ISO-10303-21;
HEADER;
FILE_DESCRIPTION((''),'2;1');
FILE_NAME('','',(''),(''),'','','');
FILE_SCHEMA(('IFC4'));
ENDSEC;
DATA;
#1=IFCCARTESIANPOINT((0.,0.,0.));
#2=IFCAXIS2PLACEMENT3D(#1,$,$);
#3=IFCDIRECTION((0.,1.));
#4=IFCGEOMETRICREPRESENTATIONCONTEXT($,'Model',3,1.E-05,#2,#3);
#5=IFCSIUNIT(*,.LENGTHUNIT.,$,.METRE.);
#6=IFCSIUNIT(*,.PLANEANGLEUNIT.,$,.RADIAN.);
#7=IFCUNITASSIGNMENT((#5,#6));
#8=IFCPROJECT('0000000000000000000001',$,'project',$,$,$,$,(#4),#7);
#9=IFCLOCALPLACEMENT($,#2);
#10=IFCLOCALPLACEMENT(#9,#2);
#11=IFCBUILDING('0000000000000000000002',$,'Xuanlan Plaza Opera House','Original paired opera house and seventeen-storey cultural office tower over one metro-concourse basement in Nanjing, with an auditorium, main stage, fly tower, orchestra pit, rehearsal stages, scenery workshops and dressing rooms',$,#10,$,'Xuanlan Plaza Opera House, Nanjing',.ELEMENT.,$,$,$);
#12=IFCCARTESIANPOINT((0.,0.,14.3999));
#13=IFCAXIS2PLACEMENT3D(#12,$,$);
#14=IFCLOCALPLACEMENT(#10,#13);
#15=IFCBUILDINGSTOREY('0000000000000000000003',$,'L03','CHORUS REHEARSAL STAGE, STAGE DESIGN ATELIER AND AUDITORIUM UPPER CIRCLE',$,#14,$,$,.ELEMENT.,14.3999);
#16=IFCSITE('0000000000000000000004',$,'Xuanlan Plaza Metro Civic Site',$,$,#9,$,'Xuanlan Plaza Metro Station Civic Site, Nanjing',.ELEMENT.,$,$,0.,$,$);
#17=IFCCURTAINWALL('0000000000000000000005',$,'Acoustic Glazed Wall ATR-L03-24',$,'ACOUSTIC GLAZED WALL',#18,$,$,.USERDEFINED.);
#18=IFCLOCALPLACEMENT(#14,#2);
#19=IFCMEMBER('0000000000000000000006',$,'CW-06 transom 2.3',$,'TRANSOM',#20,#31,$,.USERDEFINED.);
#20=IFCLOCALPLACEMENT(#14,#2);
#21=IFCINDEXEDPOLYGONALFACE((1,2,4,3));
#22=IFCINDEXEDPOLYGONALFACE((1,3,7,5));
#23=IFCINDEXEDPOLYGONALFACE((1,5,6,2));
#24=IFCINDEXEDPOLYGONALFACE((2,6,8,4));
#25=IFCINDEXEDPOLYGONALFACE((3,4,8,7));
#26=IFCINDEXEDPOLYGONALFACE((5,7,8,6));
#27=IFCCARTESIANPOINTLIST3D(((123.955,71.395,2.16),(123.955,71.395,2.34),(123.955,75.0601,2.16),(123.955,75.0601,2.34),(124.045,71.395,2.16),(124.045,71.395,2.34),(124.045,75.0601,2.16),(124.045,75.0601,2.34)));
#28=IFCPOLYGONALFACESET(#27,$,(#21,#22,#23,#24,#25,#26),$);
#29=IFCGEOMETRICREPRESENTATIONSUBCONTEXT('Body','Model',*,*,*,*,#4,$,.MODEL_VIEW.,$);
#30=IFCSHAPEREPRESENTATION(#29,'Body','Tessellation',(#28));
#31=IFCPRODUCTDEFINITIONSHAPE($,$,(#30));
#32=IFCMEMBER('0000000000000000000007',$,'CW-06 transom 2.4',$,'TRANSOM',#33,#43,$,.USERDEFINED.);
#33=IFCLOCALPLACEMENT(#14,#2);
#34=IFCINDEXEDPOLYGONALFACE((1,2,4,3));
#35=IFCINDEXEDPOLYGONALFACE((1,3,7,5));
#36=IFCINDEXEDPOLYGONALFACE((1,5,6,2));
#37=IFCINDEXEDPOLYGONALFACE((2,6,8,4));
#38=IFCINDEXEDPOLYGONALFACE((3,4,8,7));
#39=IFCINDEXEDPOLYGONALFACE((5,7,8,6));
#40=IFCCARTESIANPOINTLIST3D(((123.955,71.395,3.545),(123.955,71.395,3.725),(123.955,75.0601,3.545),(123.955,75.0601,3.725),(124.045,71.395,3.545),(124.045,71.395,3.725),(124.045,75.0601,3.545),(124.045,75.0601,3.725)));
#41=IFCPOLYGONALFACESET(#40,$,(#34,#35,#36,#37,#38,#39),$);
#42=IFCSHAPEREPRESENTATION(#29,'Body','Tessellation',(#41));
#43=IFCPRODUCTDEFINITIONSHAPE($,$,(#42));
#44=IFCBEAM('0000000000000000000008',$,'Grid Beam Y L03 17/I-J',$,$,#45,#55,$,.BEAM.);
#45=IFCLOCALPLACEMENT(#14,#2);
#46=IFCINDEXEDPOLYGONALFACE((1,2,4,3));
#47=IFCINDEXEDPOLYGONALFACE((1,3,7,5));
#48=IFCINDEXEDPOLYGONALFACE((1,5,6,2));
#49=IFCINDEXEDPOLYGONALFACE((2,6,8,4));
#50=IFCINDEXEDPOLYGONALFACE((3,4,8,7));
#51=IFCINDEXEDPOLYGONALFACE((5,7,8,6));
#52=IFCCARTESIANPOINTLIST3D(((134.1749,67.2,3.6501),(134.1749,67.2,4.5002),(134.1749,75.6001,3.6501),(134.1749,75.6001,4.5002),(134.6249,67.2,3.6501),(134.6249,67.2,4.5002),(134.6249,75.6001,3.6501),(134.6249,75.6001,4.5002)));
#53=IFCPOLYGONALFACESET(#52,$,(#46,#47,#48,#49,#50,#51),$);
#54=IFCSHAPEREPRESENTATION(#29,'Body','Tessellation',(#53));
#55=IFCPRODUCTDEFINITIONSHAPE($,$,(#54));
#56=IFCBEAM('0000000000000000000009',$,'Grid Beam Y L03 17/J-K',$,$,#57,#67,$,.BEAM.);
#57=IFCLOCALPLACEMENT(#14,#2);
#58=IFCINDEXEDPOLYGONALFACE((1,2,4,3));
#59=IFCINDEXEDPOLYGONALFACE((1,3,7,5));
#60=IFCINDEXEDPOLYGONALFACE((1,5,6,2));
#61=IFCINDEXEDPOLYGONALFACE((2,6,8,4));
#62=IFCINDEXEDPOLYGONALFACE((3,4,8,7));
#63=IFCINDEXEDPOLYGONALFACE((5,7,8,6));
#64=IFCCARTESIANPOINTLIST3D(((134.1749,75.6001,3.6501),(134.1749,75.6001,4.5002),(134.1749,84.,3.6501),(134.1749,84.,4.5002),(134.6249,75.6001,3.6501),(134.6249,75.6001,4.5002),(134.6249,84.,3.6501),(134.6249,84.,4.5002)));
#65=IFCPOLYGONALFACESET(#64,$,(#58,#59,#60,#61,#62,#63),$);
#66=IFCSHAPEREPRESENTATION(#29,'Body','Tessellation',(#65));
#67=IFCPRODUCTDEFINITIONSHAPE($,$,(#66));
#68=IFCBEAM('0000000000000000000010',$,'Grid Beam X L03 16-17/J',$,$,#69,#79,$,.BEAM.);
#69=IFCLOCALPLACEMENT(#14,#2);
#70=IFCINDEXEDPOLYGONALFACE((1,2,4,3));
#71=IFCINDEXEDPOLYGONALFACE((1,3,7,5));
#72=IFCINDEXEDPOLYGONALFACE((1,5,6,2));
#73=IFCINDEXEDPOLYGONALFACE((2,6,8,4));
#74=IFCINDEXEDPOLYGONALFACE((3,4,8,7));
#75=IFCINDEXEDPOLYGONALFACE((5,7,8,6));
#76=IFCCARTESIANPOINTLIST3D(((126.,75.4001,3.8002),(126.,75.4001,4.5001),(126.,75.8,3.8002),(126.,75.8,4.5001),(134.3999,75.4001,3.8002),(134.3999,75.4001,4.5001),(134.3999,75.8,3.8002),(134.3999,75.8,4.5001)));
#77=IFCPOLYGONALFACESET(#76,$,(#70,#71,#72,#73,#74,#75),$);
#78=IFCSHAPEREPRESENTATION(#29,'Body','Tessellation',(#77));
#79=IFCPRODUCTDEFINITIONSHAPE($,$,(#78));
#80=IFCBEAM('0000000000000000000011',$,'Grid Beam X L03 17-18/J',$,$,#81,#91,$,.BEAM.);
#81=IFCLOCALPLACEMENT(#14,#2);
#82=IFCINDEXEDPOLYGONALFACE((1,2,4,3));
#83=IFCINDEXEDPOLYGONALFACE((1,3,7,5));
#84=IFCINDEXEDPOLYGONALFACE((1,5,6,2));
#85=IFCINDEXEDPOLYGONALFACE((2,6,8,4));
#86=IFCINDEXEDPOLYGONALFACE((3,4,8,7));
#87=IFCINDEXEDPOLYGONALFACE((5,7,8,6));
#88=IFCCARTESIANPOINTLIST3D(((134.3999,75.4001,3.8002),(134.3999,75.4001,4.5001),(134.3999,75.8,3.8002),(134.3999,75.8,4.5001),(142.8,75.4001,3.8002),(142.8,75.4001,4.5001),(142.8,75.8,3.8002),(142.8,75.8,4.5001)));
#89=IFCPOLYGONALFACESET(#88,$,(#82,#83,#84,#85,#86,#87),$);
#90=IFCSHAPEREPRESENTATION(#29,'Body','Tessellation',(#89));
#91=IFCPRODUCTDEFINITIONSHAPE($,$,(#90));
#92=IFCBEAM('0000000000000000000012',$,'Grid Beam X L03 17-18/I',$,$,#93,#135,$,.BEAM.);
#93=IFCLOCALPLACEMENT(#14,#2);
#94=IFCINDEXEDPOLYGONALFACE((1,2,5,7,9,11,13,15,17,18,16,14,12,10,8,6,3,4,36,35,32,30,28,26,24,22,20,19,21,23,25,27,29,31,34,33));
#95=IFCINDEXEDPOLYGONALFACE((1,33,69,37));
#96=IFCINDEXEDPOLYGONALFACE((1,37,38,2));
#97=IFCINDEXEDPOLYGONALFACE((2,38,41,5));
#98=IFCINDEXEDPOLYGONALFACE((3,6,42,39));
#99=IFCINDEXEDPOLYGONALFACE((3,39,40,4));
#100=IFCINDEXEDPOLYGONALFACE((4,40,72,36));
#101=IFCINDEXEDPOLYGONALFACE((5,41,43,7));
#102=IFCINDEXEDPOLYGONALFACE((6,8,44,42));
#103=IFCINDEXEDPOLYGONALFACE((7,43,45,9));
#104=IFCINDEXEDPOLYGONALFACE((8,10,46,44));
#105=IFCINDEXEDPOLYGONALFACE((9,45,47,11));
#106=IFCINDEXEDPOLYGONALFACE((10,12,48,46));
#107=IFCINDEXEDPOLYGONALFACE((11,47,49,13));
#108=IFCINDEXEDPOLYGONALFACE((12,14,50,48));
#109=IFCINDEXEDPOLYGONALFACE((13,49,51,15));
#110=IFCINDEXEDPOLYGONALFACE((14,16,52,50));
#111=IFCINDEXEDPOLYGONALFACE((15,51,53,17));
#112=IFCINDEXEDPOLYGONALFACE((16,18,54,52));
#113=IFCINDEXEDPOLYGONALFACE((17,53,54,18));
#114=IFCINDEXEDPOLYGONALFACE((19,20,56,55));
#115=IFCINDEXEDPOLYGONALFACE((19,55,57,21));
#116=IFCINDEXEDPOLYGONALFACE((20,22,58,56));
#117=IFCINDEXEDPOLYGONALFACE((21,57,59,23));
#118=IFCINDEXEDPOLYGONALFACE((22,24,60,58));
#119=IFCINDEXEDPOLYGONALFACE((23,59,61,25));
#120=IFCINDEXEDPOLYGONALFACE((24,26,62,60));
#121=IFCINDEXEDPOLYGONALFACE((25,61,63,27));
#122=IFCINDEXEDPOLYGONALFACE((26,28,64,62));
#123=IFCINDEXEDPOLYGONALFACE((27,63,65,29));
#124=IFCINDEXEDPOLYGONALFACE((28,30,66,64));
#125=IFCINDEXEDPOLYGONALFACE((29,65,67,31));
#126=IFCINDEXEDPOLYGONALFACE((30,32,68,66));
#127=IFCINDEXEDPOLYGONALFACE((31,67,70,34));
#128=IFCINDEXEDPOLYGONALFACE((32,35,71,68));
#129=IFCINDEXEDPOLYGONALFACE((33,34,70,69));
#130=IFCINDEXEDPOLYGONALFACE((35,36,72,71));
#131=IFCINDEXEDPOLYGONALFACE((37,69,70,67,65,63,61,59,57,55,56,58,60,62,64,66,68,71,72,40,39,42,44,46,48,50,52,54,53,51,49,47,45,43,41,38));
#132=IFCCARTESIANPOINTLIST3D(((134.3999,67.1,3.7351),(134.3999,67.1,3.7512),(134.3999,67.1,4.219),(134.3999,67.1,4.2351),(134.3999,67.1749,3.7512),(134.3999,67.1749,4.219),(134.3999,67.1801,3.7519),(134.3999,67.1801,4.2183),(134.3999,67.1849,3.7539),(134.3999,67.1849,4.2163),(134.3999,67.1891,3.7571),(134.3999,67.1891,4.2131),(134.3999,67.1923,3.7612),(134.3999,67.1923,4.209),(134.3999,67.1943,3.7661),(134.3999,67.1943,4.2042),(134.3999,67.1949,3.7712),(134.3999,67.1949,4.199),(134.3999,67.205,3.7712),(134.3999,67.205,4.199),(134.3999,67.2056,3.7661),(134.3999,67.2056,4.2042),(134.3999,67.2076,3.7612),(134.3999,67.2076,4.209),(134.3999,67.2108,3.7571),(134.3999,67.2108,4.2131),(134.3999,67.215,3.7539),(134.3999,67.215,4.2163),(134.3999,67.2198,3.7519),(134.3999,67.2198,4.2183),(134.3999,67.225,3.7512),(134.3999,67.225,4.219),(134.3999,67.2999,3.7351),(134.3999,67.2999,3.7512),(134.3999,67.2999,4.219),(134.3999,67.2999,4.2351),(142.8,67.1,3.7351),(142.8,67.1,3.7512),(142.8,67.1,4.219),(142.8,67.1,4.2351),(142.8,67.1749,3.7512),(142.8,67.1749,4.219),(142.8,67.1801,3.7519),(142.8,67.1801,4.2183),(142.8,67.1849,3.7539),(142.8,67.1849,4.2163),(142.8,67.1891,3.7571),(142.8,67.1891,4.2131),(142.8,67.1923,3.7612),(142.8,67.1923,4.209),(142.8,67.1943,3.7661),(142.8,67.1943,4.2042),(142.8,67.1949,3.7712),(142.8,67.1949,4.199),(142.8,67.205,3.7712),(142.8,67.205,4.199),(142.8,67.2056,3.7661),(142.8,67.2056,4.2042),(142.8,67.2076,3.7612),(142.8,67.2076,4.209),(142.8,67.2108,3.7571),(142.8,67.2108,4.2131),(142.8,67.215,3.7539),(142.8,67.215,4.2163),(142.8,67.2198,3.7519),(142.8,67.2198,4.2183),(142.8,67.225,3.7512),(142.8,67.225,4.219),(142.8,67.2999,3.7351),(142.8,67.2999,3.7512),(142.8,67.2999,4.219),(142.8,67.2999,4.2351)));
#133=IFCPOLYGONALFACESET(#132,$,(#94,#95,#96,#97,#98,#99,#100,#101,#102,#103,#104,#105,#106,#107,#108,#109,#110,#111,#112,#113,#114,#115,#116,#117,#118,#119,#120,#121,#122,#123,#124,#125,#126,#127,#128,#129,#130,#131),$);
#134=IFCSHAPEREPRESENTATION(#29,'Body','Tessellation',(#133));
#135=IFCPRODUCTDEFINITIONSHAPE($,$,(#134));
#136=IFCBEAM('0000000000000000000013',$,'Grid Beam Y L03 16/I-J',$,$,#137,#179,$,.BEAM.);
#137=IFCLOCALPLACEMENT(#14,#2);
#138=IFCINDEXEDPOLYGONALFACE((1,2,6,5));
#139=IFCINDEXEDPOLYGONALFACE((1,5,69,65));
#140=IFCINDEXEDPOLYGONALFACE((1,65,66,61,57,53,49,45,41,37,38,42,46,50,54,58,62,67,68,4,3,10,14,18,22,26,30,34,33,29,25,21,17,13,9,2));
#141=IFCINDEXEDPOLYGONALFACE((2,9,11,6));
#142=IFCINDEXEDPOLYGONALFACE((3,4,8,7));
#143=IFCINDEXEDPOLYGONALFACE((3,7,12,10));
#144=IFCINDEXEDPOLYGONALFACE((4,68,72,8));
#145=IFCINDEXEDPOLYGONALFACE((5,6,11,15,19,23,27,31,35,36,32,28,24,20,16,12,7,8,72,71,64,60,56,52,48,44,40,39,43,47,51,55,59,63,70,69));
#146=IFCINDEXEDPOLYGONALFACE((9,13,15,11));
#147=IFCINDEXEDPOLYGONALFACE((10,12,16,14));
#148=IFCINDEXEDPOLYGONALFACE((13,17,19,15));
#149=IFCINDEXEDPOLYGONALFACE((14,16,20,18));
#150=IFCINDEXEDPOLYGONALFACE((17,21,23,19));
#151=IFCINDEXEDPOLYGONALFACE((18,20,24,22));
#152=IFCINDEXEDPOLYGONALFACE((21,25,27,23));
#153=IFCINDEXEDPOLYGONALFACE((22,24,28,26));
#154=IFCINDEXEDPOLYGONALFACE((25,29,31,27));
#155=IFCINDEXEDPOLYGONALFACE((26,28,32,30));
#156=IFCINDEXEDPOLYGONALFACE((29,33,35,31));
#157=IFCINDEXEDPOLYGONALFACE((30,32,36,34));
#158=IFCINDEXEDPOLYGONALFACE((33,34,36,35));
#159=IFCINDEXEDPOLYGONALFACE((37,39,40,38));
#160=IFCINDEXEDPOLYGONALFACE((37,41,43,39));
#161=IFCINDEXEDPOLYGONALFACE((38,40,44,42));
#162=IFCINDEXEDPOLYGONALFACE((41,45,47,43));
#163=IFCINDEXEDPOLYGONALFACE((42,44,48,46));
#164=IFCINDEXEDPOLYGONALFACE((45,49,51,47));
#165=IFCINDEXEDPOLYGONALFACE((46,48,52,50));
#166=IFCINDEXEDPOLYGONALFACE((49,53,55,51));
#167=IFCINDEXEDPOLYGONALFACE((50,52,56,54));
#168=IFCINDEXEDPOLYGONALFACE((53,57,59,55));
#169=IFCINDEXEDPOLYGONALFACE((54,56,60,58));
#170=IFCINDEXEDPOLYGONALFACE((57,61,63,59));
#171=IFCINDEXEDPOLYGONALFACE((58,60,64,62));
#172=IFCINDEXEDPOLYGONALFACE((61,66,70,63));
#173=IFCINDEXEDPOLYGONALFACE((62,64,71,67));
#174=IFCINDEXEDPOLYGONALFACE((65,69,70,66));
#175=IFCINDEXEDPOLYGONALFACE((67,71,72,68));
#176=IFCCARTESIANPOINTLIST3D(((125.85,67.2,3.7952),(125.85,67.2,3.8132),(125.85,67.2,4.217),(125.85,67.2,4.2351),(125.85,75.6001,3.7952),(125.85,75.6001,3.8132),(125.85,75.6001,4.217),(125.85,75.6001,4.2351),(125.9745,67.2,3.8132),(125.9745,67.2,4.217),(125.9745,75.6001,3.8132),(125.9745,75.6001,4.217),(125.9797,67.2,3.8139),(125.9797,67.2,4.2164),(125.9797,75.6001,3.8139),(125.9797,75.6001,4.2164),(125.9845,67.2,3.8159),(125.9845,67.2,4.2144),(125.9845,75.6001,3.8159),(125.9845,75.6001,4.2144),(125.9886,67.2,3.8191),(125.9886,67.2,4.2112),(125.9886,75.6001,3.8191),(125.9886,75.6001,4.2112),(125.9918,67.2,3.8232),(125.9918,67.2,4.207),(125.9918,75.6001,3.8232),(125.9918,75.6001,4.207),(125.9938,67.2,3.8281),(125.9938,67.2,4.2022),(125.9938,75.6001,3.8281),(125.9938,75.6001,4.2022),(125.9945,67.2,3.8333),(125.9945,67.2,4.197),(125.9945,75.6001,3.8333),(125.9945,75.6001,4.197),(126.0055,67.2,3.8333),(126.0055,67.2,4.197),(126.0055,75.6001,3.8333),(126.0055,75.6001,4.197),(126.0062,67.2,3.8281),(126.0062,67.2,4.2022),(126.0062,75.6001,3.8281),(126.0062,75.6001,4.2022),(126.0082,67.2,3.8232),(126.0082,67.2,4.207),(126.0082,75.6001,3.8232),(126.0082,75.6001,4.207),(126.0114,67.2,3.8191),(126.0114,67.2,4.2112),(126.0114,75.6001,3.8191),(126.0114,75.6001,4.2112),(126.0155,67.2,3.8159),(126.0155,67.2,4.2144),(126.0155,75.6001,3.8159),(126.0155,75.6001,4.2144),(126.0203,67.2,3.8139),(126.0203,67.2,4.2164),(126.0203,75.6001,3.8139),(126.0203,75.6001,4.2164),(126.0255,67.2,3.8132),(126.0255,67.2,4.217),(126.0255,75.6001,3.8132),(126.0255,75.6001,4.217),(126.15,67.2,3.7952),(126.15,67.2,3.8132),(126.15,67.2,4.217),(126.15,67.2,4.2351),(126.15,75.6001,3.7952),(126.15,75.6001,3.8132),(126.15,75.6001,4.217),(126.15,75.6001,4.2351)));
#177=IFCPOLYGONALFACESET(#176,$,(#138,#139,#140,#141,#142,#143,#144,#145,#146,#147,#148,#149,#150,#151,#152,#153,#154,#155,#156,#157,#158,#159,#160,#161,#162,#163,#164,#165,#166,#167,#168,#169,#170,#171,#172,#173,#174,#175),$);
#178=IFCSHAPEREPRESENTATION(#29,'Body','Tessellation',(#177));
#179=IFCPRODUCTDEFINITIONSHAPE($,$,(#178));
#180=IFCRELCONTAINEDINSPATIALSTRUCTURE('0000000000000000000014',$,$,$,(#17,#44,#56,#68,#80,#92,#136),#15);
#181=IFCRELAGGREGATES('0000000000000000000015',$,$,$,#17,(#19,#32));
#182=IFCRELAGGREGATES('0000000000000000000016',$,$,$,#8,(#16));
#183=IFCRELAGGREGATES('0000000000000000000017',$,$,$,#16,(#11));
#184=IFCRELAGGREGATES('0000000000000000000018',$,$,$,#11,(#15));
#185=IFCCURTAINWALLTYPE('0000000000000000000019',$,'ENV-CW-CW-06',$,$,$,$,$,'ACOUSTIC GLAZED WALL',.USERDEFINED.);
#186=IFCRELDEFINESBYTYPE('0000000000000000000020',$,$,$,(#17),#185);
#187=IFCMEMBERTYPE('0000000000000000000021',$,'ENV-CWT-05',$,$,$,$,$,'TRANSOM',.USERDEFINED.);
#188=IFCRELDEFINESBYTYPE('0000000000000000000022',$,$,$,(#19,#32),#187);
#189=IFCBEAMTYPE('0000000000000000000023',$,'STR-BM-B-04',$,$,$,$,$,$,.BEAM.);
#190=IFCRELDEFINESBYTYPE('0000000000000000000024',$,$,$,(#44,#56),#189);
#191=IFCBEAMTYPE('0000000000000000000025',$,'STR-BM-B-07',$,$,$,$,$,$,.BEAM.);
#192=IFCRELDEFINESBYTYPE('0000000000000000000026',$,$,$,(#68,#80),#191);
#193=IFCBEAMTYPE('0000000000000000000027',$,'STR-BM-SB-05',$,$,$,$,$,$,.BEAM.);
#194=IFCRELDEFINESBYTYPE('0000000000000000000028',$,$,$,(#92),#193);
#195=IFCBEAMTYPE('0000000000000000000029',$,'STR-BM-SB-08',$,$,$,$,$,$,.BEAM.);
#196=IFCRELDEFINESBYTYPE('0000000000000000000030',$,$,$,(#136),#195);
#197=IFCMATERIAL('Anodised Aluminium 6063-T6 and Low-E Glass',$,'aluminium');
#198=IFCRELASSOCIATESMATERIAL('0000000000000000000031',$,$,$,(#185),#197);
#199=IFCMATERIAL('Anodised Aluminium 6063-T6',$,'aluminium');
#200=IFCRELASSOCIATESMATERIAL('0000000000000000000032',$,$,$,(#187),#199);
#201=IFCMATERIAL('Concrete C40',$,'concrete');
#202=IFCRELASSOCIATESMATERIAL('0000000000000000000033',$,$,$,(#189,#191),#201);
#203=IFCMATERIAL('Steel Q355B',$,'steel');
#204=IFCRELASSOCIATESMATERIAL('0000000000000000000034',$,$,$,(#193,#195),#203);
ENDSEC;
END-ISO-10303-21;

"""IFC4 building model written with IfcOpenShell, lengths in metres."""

from ifc_helpers import new_model, si_unit, direction, frame, origin, origin_2d, place, context, subcontext, project, spatial, rectangle, i_section, extrude, material, material_profile, profile_set, type_object, element, aggregate, save


model = new_model("IFC4")

# Units and contexts
model_context = context("Model", 3, precision=1e-05, world=origin(), true_north=direction((0.0, 1.0)))
body_context = subcontext(model_context, "Body", "Model", "MODEL_VIEW")
ifc_project = project(units=[si_unit("LENGTHUNIT", "METRE"), si_unit("PLANEANGLEUNIT", "RADIAN")], contexts=[model_context])

# Site, building, storey
site_placement = place(None, origin())
site = spatial("IfcSite", under=ifc_project, at=site_placement, Name="Xuanlan Plaza Metro Civic Site", LongName="Xuanlan Plaza Metro Station Civic Site, Nanjing", CompositionType="ELEMENT", RefElevation=0.0)
building_placement = place(site_placement, origin())
building = spatial("IfcBuilding", under=site, at=building_placement, Name="Xuanlan Plaza Opera House", Description="Original paired opera house and seventeen-storey cultural office tower over one metro-concourse basement in Nanjing, with an auditorium, main stage, fly tower, orchestra pit, rehearsal stages, scenery workshops and dressing rooms", LongName="Xuanlan Plaza Opera House, Nanjing", CompositionType="ELEMENT")
storey_placement = place(building_placement, frame((0.0, 0.0, 14.3999)))
storey = spatial("IfcBuildingStorey", under=building, at=storey_placement, Name="L03", Description="CHORUS REHEARSAL STAGE, STAGE DESIGN ATELIER AND AUDITORIUM UPPER CIRCLE", CompositionType="ELEMENT", Elevation=14.3999)

# Shared definitions
ifc_material_1 = material(Name="Steel Q355B", Category="steel")

# Curtain wall, members
ifc_material_2 = material(Name="Anodised Aluminium 6063-T6 and Low-E Glass", Category="aluminium")
curtain_wall_type = type_object("IfcCurtainWallType", Name="ENV-CW-CW-06", ElementType="ACOUSTIC GLAZED WALL", PredefinedType="USERDEFINED", material=ifc_material_2)
curtain_wall_placement = place(storey_placement, origin())
curtain_wall = element("IfcCurtainWall", 1, at=curtain_wall_placement, inside=storey, type_object=curtain_wall_type, Name="Acoustic Glazed Wall ATR-L03-24", ObjectType="ACOUSTIC GLAZED WALL", PredefinedType="USERDEFINED")
ifc_material_3 = material(Name="Anodised Aluminium 6063-T6", Category="aluminium")
ifc_material_profile_1 = material_profile(ifc_material_3, rectangle(XDim=0.0901, YDim=0.1799, at=origin_2d()), Name="ALU-T 90x180")
ifc_profile_set_1 = profile_set([ifc_material_profile_1], Name="Anodised Aluminium 6063-T6")
member_type_1 = type_object("IfcMemberType", Name="ENV-CWT-05", ElementType="TRANSOM", PredefinedType="USERDEFINED", material=ifc_profile_set_1)
member_1_placement = place(storey_placement, frame((124.0, 71.395, 2.25), z_axis=(0.0, 1.0, 0.0), x_axis=(-1.0, 0.0, 0.0)))
member_1 = element("IfcMember", 2, at=member_1_placement, type_object=member_type_1, Name="CW-06 transom 2.3", ObjectType="TRANSOM", PredefinedType="USERDEFINED", context=body_context, shape_type="SweptSolid", body=[
    extrude(rectangle(XDim=0.0901, YDim=0.1799, at=origin_2d()), origin(), (0.0, 0.0, 1.0), 3.665),
])
member_2_placement = place(storey_placement, frame((124.0, 71.395, 3.635), z_axis=(0.0, 1.0, 0.0), x_axis=(-1.0, 0.0, 0.0)))
member_2 = element("IfcMember", 3, at=member_2_placement, type_object=member_type_1, Name="CW-06 transom 2.4", ObjectType="TRANSOM", PredefinedType="USERDEFINED", context=body_context, shape_type="SweptSolid", body=[
    extrude(rectangle(XDim=0.0901, YDim=0.1799, at=origin_2d()), origin(), (0.0, 0.0, 1.0), 3.665),
])

# Beams
ifc_material_4 = material(Name="Concrete C40", Category="concrete")
ifc_material_profile_2 = material_profile(ifc_material_4, rectangle(XDim=0.45, YDim=0.8501, at=origin_2d()), Name="RC-BM 450x850")
ifc_profile_set_2 = profile_set([ifc_material_profile_2], Name="Concrete C40")
beam_type_1 = type_object("IfcBeamType", Name="STR-BM-B-04", PredefinedType="BEAM", material=ifc_profile_set_2)
beam_1_placement = place(storey_placement, frame((134.3999, 67.2, 4.0752), z_axis=(0.0, 1.0, 0.0), x_axis=(-1.0, 0.0, 0.0)))
element("IfcBeam", 4, at=beam_1_placement, inside=storey, type_object=beam_type_1, Name="Grid Beam Y L03 17/I-J", PredefinedType="BEAM", context=body_context, shape_type="SweptSolid", body=[
    extrude(rectangle(XDim=0.45, YDim=0.8501, at=origin_2d()), origin(), (0.0, 0.0, 1.0), 8.4001),
])
beam_2_placement = place(storey_placement, frame((134.3999, 75.6001, 4.0752), z_axis=(0.0, 1.0, 0.0), x_axis=(-1.0, 0.0, 0.0)))
element("IfcBeam", 5, at=beam_2_placement, inside=storey, type_object=beam_type_1, Name="Grid Beam Y L03 17/J-K", PredefinedType="BEAM", context=body_context, shape_type="SweptSolid", body=[
    extrude(rectangle(XDim=0.45, YDim=0.8501, at=origin_2d()), origin(), (0.0, 0.0, 1.0), 8.3999),
])
ifc_material_profile_3 = material_profile(ifc_material_4, rectangle(XDim=0.3999, YDim=0.7, at=origin_2d()), Name="RC-BM 400x700")
ifc_profile_set_3 = profile_set([ifc_material_profile_3], Name="Concrete C40")
beam_type_2 = type_object("IfcBeamType", Name="STR-BM-B-07", PredefinedType="BEAM", material=ifc_profile_set_3)
beam_3_placement = place(storey_placement, frame((126.0, 75.6001, 4.1501), z_axis=(1.0, 0.0, 0.0), x_axis=(0.0, 1.0, 0.0)))
element("IfcBeam", 6, at=beam_3_placement, inside=storey, type_object=beam_type_2, Name="Grid Beam X L03 16-17/J", PredefinedType="BEAM", context=body_context, shape_type="SweptSolid", body=[
    extrude(rectangle(XDim=0.3999, YDim=0.7, at=origin_2d()), origin(), (0.0, 0.0, 1.0), 8.3999),
])
beam_4_placement = place(storey_placement, frame((134.3999, 75.6001, 4.1501), z_axis=(1.0, 0.0, 0.0), x_axis=(0.0, 1.0, 0.0)))
element("IfcBeam", 7, at=beam_4_placement, inside=storey, type_object=beam_type_2, Name="Grid Beam X L03 17-18/J", PredefinedType="BEAM", context=body_context, shape_type="SweptSolid", body=[
    extrude(rectangle(XDim=0.3999, YDim=0.7, at=origin_2d()), origin(), (0.0, 0.0, 1.0), 8.4001),
])
ifc_material_profile_4 = material_profile(ifc_material_1, i_section(OverallWidth=0.2, OverallDepth=0.5, WebThickness=0.01, FlangeThickness=0.0161, FilletRadius=0.02, at=origin_2d()), Name="HN 500x200x10x16")
ifc_profile_set_4 = profile_set([ifc_material_profile_4], Name="Steel Q355B")
beam_type_3 = type_object("IfcBeamType", Name="STR-BM-SB-05", PredefinedType="BEAM", material=ifc_profile_set_4)
beam_5_placement = place(storey_placement, frame((134.3999, 67.2, 3.9851), z_axis=(1.0, 0.0, 0.0), x_axis=(0.0, 1.0, 0.0)))
element("IfcBeam", 8, at=beam_5_placement, inside=storey, type_object=beam_type_3, Name="Grid Beam X L03 17-18/I", PredefinedType="BEAM", context=body_context, shape_type="SweptSolid", body=[
    extrude(i_section(OverallWidth=0.2, OverallDepth=0.5, WebThickness=0.01, FlangeThickness=0.0161, FilletRadius=0.02, at=origin_2d()), origin(), (0.0, 0.0, 1.0), 8.4001),
])
ifc_material_profile_5 = material_profile(ifc_material_1, i_section(OverallWidth=0.3, OverallDepth=0.4399, WebThickness=0.011, FlangeThickness=0.0181, FilletRadius=0.02, at=origin_2d()), Name="HM 440x300x11x18")
ifc_profile_set_5 = profile_set([ifc_material_profile_5], Name="Steel Q355B")
beam_type_4 = type_object("IfcBeamType", Name="STR-BM-SB-08", PredefinedType="BEAM", material=ifc_profile_set_5)
beam_6_placement = place(storey_placement, frame((126.0, 67.2, 4.0151), z_axis=(0.0, 1.0, 0.0), x_axis=(-1.0, 0.0, 0.0)))
element("IfcBeam", 9, at=beam_6_placement, inside=storey, type_object=beam_type_4, Name="Grid Beam Y L03 16/I-J", PredefinedType="BEAM", context=body_context, shape_type="SweptSolid", body=[
    extrude(i_section(OverallWidth=0.3, OverallDepth=0.4399, WebThickness=0.011, FlangeThickness=0.0181, FilletRadius=0.02, at=origin_2d()), origin(), (0.0, 0.0, 1.0), 8.4001),
])

aggregate(curtain_wall, [member_1, member_2])

save(model, "model.ifc")
